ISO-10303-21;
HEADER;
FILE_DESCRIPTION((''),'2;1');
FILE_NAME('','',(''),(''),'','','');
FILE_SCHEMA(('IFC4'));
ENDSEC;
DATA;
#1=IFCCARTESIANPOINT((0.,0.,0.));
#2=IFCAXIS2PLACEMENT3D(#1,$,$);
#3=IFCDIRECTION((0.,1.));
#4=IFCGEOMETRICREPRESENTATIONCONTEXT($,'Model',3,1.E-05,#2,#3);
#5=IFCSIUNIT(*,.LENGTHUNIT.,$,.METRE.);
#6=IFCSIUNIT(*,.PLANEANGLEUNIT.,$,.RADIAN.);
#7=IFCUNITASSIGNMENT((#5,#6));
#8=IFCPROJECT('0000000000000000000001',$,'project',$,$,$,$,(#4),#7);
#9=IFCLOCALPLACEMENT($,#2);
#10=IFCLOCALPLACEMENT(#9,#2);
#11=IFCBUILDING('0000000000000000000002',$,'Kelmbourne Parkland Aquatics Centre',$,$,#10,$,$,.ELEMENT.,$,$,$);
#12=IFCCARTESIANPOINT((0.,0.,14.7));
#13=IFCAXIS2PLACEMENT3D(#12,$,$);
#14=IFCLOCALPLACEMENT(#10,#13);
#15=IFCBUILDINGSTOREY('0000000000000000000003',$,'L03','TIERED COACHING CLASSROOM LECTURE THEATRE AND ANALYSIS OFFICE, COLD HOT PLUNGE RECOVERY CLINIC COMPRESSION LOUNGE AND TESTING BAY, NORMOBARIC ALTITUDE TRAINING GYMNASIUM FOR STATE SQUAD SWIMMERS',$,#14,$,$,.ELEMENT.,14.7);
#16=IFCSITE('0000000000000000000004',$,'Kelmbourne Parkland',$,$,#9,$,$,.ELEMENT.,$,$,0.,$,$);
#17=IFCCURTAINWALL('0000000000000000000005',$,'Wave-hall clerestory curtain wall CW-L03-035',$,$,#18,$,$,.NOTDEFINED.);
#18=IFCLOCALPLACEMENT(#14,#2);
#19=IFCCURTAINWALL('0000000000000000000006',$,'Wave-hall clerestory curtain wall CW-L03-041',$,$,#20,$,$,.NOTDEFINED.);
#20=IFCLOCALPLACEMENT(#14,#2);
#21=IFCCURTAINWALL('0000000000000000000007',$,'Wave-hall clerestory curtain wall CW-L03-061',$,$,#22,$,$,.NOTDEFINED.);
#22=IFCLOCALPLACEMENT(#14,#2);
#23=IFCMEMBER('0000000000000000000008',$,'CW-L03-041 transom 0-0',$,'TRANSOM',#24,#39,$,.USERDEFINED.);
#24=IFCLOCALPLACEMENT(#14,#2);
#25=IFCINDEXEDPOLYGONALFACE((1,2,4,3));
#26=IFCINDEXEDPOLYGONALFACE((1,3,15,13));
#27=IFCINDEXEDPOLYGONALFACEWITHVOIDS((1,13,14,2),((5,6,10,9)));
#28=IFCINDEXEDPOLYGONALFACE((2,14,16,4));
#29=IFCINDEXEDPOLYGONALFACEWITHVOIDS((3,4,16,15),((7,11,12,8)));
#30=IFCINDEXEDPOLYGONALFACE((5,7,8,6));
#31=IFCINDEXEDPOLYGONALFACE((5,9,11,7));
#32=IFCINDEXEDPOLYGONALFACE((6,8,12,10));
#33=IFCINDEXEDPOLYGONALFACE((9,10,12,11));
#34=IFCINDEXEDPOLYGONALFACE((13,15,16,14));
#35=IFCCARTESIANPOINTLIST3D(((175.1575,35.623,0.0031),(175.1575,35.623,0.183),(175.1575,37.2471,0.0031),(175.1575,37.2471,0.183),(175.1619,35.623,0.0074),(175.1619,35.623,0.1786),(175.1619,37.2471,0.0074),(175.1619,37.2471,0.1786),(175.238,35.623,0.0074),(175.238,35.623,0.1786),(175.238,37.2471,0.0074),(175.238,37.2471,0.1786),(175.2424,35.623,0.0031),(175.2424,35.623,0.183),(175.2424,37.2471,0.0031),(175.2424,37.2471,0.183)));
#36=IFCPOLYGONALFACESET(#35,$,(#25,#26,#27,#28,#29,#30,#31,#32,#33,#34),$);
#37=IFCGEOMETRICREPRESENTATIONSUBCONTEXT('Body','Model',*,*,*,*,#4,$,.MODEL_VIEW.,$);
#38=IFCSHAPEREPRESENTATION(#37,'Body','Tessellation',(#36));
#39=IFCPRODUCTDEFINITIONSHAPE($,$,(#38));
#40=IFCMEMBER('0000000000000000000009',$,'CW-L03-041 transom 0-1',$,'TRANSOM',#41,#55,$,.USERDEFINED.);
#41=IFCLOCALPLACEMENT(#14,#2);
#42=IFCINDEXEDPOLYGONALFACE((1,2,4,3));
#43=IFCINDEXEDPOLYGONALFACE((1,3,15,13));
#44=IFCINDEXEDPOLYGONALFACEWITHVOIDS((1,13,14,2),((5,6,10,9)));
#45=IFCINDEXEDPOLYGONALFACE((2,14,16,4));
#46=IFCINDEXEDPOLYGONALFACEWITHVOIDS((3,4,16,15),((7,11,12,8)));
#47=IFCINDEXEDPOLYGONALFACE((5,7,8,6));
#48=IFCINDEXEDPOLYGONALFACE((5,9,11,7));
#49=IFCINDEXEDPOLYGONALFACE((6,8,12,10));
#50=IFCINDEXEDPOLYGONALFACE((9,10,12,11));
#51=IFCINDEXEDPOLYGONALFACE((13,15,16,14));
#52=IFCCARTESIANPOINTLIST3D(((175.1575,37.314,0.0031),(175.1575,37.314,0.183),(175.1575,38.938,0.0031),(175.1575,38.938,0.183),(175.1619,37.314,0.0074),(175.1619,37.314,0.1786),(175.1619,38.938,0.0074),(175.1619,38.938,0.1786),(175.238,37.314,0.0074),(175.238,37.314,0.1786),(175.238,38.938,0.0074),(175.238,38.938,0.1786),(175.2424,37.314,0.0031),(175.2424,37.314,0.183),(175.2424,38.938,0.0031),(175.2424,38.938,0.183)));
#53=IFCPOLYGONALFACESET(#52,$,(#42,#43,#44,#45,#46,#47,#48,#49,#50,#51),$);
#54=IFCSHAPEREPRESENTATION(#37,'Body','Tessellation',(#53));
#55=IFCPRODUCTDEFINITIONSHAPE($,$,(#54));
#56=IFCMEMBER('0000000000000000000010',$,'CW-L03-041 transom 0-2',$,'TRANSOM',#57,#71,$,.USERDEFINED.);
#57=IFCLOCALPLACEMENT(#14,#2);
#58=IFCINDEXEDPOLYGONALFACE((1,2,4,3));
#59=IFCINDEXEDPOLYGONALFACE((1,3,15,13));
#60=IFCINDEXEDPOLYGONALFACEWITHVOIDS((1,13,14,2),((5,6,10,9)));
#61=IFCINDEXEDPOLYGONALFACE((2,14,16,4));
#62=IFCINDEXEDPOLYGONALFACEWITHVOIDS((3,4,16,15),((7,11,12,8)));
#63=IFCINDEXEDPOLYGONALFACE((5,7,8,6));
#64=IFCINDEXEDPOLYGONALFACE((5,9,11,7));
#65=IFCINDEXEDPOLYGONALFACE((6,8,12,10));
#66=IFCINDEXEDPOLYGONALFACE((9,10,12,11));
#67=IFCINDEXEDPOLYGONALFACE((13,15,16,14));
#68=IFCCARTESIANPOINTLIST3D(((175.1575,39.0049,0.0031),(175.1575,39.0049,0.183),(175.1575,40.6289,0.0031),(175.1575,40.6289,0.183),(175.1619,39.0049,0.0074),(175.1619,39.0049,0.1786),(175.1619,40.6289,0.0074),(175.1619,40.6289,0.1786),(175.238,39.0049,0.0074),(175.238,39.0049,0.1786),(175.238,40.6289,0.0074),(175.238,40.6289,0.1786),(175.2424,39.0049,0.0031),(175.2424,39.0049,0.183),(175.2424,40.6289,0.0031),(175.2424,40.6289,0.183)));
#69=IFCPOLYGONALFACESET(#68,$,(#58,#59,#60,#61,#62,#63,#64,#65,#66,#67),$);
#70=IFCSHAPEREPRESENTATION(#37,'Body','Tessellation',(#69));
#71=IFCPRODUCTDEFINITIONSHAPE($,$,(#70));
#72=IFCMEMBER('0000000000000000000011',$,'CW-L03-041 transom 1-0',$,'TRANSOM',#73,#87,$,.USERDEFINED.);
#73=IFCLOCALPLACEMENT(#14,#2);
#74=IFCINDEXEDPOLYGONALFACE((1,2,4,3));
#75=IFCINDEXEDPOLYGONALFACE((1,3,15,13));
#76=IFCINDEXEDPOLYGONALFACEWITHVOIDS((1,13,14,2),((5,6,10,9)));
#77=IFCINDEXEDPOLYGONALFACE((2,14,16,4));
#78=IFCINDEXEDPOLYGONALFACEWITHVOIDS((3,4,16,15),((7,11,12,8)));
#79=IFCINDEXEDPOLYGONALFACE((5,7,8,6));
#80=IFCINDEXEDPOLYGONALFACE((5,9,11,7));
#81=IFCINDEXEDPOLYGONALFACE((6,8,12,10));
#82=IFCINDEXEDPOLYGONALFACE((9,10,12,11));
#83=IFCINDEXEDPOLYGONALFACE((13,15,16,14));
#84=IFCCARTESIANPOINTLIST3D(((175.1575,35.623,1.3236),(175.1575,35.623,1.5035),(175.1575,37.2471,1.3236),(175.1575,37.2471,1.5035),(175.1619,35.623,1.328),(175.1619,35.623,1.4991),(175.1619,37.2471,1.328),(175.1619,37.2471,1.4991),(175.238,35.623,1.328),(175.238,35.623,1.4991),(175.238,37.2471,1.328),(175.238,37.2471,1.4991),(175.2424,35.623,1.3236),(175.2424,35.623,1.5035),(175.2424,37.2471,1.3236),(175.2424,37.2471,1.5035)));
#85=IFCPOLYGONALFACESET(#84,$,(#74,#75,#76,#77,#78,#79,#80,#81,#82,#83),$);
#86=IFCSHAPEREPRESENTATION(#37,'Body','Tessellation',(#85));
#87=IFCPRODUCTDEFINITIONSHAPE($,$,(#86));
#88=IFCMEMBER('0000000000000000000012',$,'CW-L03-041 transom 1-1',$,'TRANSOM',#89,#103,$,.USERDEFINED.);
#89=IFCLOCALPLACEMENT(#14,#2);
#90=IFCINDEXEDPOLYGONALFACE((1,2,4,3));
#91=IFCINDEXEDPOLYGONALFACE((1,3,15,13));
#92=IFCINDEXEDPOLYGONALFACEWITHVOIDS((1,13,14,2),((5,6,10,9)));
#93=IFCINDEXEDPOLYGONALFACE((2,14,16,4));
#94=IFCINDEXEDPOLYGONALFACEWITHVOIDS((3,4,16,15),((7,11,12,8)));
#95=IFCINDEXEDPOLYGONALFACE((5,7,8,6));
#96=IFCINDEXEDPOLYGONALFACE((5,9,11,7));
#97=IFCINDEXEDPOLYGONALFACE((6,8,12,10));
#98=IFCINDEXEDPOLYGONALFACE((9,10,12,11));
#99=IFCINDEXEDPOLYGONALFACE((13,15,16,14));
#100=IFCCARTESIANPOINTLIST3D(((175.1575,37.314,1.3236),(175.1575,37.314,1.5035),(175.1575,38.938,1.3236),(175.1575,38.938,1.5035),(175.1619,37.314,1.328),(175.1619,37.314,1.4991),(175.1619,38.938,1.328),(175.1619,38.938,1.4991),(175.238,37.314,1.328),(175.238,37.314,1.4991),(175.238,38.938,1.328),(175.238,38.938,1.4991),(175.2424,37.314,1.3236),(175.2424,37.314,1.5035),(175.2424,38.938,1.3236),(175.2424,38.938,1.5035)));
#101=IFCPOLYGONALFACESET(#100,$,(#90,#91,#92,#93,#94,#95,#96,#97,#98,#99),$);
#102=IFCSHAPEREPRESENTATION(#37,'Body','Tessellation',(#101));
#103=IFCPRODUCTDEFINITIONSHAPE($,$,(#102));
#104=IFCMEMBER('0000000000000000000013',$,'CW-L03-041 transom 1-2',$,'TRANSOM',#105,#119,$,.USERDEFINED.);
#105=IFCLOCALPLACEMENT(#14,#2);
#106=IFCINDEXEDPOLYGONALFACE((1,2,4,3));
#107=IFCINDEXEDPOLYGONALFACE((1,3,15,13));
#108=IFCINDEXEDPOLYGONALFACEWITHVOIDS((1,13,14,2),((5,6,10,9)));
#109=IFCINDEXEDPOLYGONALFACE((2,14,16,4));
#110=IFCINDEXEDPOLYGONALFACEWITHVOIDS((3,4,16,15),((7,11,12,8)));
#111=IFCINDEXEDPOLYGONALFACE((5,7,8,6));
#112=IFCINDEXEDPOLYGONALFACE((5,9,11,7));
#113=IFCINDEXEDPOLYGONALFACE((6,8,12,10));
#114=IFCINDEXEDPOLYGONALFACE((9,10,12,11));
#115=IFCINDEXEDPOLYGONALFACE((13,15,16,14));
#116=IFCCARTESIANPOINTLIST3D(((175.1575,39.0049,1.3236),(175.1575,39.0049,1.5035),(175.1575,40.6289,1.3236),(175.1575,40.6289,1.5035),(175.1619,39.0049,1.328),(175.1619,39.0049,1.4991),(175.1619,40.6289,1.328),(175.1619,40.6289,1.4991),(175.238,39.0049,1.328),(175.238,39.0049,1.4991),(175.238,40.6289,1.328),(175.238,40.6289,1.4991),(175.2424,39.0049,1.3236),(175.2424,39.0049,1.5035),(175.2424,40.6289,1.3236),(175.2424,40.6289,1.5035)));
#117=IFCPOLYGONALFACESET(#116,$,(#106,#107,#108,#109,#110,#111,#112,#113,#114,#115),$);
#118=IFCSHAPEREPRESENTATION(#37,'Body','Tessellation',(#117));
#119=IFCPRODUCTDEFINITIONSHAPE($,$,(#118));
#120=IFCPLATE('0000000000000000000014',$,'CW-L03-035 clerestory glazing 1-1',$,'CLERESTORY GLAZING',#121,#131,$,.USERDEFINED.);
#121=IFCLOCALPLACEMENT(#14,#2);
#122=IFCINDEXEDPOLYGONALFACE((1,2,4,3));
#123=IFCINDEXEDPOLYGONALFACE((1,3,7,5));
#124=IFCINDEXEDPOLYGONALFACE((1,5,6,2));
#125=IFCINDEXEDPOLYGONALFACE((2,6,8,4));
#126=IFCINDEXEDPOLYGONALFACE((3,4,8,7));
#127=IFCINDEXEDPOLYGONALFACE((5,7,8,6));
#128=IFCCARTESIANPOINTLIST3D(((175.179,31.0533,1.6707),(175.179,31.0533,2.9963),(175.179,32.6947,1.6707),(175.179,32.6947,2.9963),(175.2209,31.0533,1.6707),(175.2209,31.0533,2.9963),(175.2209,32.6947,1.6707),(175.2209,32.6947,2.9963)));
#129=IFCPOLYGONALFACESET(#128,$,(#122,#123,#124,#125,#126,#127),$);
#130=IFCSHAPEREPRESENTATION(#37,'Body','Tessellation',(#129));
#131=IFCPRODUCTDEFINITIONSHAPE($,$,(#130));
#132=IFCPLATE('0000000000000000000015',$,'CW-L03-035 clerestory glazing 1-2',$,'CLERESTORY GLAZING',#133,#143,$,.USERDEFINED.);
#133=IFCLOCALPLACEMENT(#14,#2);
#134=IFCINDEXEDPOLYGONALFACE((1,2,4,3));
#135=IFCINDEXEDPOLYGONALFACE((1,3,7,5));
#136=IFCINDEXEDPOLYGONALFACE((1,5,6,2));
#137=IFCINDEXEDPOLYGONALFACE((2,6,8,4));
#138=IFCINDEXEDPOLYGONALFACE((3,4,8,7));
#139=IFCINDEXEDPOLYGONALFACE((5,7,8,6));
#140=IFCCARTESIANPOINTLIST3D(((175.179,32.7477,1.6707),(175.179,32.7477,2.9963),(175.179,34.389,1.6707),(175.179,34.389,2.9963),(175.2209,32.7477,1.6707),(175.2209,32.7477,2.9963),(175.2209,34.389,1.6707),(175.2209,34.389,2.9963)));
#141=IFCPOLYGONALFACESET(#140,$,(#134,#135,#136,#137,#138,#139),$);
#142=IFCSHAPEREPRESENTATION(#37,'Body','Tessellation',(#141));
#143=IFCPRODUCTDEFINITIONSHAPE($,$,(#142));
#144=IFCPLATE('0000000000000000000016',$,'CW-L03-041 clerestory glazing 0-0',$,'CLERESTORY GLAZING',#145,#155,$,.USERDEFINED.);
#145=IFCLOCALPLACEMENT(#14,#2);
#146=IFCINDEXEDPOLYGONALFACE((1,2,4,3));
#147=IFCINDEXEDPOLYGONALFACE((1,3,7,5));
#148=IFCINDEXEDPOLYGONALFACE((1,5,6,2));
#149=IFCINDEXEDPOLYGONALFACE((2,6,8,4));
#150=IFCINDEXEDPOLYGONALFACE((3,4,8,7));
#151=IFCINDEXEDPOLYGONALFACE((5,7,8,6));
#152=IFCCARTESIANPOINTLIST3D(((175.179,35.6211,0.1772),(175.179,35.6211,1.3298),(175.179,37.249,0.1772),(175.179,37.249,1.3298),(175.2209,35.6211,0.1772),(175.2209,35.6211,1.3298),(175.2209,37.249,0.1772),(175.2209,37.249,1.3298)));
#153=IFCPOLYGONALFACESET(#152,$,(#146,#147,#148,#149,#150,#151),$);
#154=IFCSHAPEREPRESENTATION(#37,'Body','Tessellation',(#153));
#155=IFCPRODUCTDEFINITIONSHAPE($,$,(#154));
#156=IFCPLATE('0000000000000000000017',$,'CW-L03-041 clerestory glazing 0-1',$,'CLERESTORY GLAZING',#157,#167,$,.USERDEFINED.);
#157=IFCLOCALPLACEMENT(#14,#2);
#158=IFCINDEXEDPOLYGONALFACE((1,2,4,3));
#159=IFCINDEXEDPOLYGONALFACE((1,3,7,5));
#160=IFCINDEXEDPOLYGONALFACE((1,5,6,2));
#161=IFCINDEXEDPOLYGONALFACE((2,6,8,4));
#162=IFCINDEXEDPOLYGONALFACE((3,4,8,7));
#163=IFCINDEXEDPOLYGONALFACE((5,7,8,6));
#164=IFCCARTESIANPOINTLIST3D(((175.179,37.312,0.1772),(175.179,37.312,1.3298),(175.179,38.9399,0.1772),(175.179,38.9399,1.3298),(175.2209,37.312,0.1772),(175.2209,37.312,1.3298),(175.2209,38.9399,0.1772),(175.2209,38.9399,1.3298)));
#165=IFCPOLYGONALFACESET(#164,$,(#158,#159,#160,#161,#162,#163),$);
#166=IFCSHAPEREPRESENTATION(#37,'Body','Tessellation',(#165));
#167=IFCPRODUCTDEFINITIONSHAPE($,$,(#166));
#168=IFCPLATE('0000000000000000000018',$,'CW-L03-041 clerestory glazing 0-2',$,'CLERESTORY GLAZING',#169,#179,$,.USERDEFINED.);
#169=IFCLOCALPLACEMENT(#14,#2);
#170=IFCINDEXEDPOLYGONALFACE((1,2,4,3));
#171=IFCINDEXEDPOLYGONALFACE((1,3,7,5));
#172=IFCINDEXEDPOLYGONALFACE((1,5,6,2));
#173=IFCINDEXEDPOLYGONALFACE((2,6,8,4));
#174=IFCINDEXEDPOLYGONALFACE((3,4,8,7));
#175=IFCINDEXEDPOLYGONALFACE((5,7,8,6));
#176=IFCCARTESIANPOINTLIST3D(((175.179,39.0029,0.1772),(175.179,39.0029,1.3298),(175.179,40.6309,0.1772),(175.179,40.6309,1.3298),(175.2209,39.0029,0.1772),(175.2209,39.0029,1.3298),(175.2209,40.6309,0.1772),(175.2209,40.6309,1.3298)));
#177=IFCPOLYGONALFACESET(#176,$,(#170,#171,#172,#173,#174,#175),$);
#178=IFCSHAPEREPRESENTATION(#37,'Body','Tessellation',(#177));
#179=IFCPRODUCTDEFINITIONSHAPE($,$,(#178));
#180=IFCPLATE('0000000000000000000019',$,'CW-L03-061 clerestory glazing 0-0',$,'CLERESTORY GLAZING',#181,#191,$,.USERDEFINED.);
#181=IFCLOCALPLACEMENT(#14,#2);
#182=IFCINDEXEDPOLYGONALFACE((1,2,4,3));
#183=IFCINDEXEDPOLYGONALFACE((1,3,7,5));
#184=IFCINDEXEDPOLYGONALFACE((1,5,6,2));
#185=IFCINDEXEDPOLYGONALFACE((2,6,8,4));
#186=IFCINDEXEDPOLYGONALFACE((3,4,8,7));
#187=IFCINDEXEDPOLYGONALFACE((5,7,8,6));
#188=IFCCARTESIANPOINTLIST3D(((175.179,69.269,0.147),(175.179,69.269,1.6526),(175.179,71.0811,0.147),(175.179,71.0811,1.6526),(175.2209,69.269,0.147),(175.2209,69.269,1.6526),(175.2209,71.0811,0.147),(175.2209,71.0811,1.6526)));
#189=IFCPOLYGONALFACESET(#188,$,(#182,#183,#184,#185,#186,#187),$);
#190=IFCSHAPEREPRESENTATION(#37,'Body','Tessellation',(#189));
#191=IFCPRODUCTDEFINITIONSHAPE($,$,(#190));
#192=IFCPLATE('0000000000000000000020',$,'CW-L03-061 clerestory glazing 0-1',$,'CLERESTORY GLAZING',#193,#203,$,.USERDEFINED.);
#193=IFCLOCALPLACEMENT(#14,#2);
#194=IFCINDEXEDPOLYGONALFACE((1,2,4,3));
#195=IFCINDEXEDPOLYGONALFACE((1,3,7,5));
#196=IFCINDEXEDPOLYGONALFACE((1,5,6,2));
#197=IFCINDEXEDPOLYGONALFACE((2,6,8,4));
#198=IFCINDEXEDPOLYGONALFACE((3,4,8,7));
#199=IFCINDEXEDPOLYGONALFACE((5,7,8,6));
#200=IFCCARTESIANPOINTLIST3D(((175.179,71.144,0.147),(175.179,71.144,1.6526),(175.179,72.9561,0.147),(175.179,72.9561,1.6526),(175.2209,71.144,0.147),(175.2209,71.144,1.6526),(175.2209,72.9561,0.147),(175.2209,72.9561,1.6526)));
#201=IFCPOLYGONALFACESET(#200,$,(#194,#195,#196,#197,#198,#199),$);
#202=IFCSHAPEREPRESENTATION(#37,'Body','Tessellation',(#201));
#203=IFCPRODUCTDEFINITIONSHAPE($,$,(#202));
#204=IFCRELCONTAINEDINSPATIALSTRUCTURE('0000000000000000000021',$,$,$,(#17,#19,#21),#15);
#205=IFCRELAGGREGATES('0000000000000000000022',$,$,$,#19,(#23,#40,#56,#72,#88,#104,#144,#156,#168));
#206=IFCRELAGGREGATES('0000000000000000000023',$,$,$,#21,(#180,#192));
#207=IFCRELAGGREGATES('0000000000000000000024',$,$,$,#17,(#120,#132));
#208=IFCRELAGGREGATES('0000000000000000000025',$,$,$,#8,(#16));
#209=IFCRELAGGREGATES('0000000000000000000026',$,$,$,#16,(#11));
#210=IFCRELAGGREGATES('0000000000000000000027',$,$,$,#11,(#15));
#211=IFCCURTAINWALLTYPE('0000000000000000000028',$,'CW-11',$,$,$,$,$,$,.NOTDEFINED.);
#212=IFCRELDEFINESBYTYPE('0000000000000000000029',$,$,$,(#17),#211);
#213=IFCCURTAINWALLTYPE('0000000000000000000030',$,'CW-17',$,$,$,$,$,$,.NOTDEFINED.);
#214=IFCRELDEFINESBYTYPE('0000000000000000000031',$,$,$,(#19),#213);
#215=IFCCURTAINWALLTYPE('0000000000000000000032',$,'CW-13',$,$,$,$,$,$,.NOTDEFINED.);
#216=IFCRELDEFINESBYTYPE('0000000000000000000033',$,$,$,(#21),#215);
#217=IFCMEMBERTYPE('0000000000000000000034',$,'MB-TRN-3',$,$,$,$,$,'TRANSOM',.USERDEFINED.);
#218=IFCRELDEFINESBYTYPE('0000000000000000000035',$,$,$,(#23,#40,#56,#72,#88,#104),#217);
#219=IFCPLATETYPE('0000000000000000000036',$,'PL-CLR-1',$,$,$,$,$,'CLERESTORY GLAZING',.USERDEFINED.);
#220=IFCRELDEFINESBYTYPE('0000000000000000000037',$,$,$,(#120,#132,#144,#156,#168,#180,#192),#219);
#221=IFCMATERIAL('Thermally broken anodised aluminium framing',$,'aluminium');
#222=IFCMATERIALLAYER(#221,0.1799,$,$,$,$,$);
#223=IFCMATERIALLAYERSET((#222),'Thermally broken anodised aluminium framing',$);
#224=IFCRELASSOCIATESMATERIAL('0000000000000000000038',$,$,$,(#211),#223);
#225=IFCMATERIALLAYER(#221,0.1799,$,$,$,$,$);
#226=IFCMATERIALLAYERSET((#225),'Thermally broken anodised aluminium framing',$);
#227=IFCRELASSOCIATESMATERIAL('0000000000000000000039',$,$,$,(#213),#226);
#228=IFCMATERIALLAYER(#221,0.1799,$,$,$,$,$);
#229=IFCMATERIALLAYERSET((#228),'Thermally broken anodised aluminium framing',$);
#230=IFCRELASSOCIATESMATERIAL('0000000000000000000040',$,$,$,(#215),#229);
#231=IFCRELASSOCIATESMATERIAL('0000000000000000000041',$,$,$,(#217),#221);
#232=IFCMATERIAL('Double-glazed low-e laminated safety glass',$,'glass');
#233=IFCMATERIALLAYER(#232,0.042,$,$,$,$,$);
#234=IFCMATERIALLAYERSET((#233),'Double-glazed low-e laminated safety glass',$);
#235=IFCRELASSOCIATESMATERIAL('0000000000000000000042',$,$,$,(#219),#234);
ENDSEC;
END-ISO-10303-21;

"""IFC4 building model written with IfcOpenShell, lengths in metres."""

from ifc_helpers import new_model, si_unit, direction, frame, origin, origin_2d, place, context, subcontext, project, spatial, rectangle, hollow_rectangle, extrude, material, layer, layer_set, material_profile, profile_set, type_object, element, aggregate, save


model = new_model("IFC4")

# Units and contexts
model_context = context("Model", 3, precision=1e-05, world=origin(), true_north=direction((0.0, 1.0)))
body_context = subcontext(model_context, "Body", "Model", "MODEL_VIEW")
ifc_project = project(units=[si_unit("LENGTHUNIT", "METRE"), si_unit("PLANEANGLEUNIT", "RADIAN")], contexts=[model_context])

# Site, building, storey
site_placement = place(None, origin())
site = spatial("IfcSite", under=ifc_project, at=site_placement, Name="Kelmbourne Parkland", CompositionType="ELEMENT", RefElevation=0.0)
building_placement = place(site_placement, origin())
building = spatial("IfcBuilding", under=site, at=building_placement, Name="Kelmbourne Parkland Aquatics Centre", CompositionType="ELEMENT")
storey_placement = place(building_placement, frame((0.0, 0.0, 14.7)))
storey = spatial("IfcBuildingStorey", under=building, at=storey_placement, Name="L03", Description="TIERED COACHING CLASSROOM LECTURE THEATRE AND ANALYSIS OFFICE, COLD HOT PLUNGE RECOVERY CLINIC COMPRESSION LOUNGE AND TESTING BAY, NORMOBARIC ALTITUDE TRAINING GYMNASIUM FOR STATE SQUAD SWIMMERS", CompositionType="ELEMENT", Elevation=14.7)

# Curtain walls
ifc_material_1 = material(Name="Thermally broken anodised aluminium framing", Category="aluminium")
ifc_layer_1 = layer(ifc_material_1, 0.1799)
ifc_layer_set_1 = layer_set([ifc_layer_1], Name="Thermally broken anodised aluminium framing")
curtain_wall_type_1 = type_object("IfcCurtainWallType", Name="CW-11", PredefinedType="NOTDEFINED", material=ifc_layer_set_1)
curtain_wall_1_placement = place(storey_placement, origin())
curtain_wall_1 = element("IfcCurtainWall", 1, at=curtain_wall_1_placement, inside=storey, type_object=curtain_wall_type_1, Name="Wave-hall clerestory curtain wall CW-L03-035", PredefinedType="NOTDEFINED")
ifc_layer_2 = layer(ifc_material_1, 0.1799)
ifc_layer_set_2 = layer_set([ifc_layer_2], Name="Thermally broken anodised aluminium framing")
curtain_wall_type_2 = type_object("IfcCurtainWallType", Name="CW-17", PredefinedType="NOTDEFINED", material=ifc_layer_set_2)
curtain_wall_2_placement = place(storey_placement, origin())
curtain_wall_2 = element("IfcCurtainWall", 2, at=curtain_wall_2_placement, inside=storey, type_object=curtain_wall_type_2, Name="Wave-hall clerestory curtain wall CW-L03-041", PredefinedType="NOTDEFINED")
ifc_layer_3 = layer(ifc_material_1, 0.1799)
ifc_layer_set_3 = layer_set([ifc_layer_3], Name="Thermally broken anodised aluminium framing")
curtain_wall_type_3 = type_object("IfcCurtainWallType", Name="CW-13", PredefinedType="NOTDEFINED", material=ifc_layer_set_3)
curtain_wall_3_placement = place(storey_placement, origin())
curtain_wall_3 = element("IfcCurtainWall", 3, at=curtain_wall_3_placement, inside=storey, type_object=curtain_wall_type_3, Name="Wave-hall clerestory curtain wall CW-L03-061", PredefinedType="NOTDEFINED")

# Members
ifc_material_profile_1 = material_profile(ifc_material_1, hollow_rectangle(XDim=0.085, YDim=0.1799, WallThickness=0.0044, at=origin_2d()), Name="CW-T 85x180")
ifc_profile_set_1 = profile_set([ifc_material_profile_1], Name="Thermally broken anodised aluminium framing")
member_type_1 = type_object("IfcMemberType", Name="MB-TRN-3", ElementType="TRANSOM", PredefinedType="USERDEFINED", material=ifc_profile_set_1)
member_1_placement = place(storey_placement, frame((175.2, 35.623, 0.093), z_axis=(0.0, 1.0, 0.0), x_axis=(-1.0, 0.0, 0.0)))
member_1 = element("IfcMember", 4, at=member_1_placement, type_object=member_type_1, Name="CW-L03-041 transom 0-0", ObjectType="TRANSOM", PredefinedType="USERDEFINED", context=body_context, shape_type="SweptSolid", body=[
    extrude(hollow_rectangle(XDim=0.085, YDim=0.1799, WallThickness=0.0044, at=origin_2d()), origin(), (0.0, 0.0, 1.0), 1.624),
])
member_2_placement = place(storey_placement, frame((175.2, 37.314, 0.093), z_axis=(0.0, 1.0, 0.0), x_axis=(-1.0, 0.0, 0.0)))
member_2 = element("IfcMember", 5, at=member_2_placement, type_object=member_type_1, Name="CW-L03-041 transom 0-1", ObjectType="TRANSOM", PredefinedType="USERDEFINED", context=body_context, shape_type="SweptSolid", body=[
    extrude(hollow_rectangle(XDim=0.085, YDim=0.1799, WallThickness=0.0044, at=origin_2d()), origin(), (0.0, 0.0, 1.0), 1.624),
])
member_3_placement = place(storey_placement, frame((175.2, 39.0049, 0.093), z_axis=(0.0, 1.0, 0.0), x_axis=(-1.0, 0.0, 0.0)))
member_3 = element("IfcMember", 6, at=member_3_placement, type_object=member_type_1, Name="CW-L03-041 transom 0-2", ObjectType="TRANSOM", PredefinedType="USERDEFINED", context=body_context, shape_type="SweptSolid", body=[
    extrude(hollow_rectangle(XDim=0.085, YDim=0.1799, WallThickness=0.0044, at=origin_2d()), origin(), (0.0, 0.0, 1.0), 1.624),
])
member_4_placement = place(storey_placement, frame((175.2, 35.623, 1.4136), z_axis=(0.0, 1.0, 0.0), x_axis=(-1.0, 0.0, 0.0)))
member_4 = element("IfcMember", 7, at=member_4_placement, type_object=member_type_1, Name="CW-L03-041 transom 1-0", ObjectType="TRANSOM", PredefinedType="USERDEFINED", context=body_context, shape_type="SweptSolid", body=[
    extrude(hollow_rectangle(XDim=0.085, YDim=0.1799, WallThickness=0.0044, at=origin_2d()), origin(), (0.0, 0.0, 1.0), 1.624),
])
member_5_placement = place(storey_placement, frame((175.2, 37.314, 1.4136), z_axis=(0.0, 1.0, 0.0), x_axis=(-1.0, 0.0, 0.0)))
member_5 = element("IfcMember", 8, at=member_5_placement, type_object=member_type_1, Name="CW-L03-041 transom 1-1", ObjectType="TRANSOM", PredefinedType="USERDEFINED", context=body_context, shape_type="SweptSolid", body=[
    extrude(hollow_rectangle(XDim=0.085, YDim=0.1799, WallThickness=0.0044, at=origin_2d()), origin(), (0.0, 0.0, 1.0), 1.624),
])
member_6_placement = place(storey_placement, frame((175.2, 39.0049, 1.4136), z_axis=(0.0, 1.0, 0.0), x_axis=(-1.0, 0.0, 0.0)))
member_6 = element("IfcMember", 9, at=member_6_placement, type_object=member_type_1, Name="CW-L03-041 transom 1-2", ObjectType="TRANSOM", PredefinedType="USERDEFINED", context=body_context, shape_type="SweptSolid", body=[
    extrude(hollow_rectangle(XDim=0.085, YDim=0.1799, WallThickness=0.0044, at=origin_2d()), origin(), (0.0, 0.0, 1.0), 1.624),
])

# Plates
ifc_material_2 = material(Name="Double-glazed low-e laminated safety glass", Category="glass")
ifc_layer_4 = layer(ifc_material_2, 0.042)
ifc_layer_set_4 = layer_set([ifc_layer_4], Name="Double-glazed low-e laminated safety glass")
plate_type_1 = type_object("IfcPlateType", Name="PL-CLR-1", ElementType="CLERESTORY GLAZING", PredefinedType="USERDEFINED", material=ifc_layer_set_4)
plate_1_placement = place(storey_placement, frame((175.2, 31.874, 1.6707), z_axis=(0.0, 0.0, 1.0), x_axis=(0.0, 1.0, 0.0)))
plate_1 = element("IfcPlate", 10, at=plate_1_placement, type_object=plate_type_1, Name="CW-L03-035 clerestory glazing 1-1", ObjectType="CLERESTORY GLAZING", PredefinedType="USERDEFINED", context=body_context, shape_type="SweptSolid", body=[
    extrude(rectangle(XDim=1.6414, YDim=0.042, at=origin_2d()), origin(), (0.0, 0.0, 1.0), 1.3257),
])
plate_2_placement = place(storey_placement, frame((175.2, 33.5684, 1.6707), z_axis=(0.0, 0.0, 1.0), x_axis=(0.0, 1.0, 0.0)))
plate_2 = element("IfcPlate", 11, at=plate_2_placement, type_object=plate_type_1, Name="CW-L03-035 clerestory glazing 1-2", ObjectType="CLERESTORY GLAZING", PredefinedType="USERDEFINED", context=body_context, shape_type="SweptSolid", body=[
    extrude(rectangle(XDim=1.6414, YDim=0.042, at=origin_2d()), origin(), (0.0, 0.0, 1.0), 1.3257),
])
plate_3_placement = place(storey_placement, frame((175.2, 36.4351, 0.1772), z_axis=(0.0, 0.0, 1.0), x_axis=(0.0, 1.0, 0.0)))
plate_3 = element("IfcPlate", 12, at=plate_3_placement, type_object=plate_type_1, Name="CW-L03-041 clerestory glazing 0-0", ObjectType="CLERESTORY GLAZING", PredefinedType="USERDEFINED", context=body_context, shape_type="SweptSolid", body=[
    extrude(rectangle(XDim=1.6279, YDim=0.042, at=origin_2d()), origin(), (0.0, 0.0, 1.0), 1.1526),
])
plate_4_placement = place(storey_placement, frame((175.2, 38.126, 0.1772), z_axis=(0.0, 0.0, 1.0), x_axis=(0.0, 1.0, 0.0)))
plate_4 = element("IfcPlate", 13, at=plate_4_placement, type_object=plate_type_1, Name="CW-L03-041 clerestory glazing 0-1", ObjectType="CLERESTORY GLAZING", PredefinedType="USERDEFINED", context=body_context, shape_type="SweptSolid", body=[
    extrude(rectangle(XDim=1.6279, YDim=0.042, at=origin_2d()), origin(), (0.0, 0.0, 1.0), 1.1526),
])
plate_5_placement = place(storey_placement, frame((175.2, 39.8169, 0.1772), z_axis=(0.0, 0.0, 1.0), x_axis=(0.0, 1.0, 0.0)))
plate_5 = element("IfcPlate", 14, at=plate_5_placement, type_object=plate_type_1, Name="CW-L03-041 clerestory glazing 0-2", ObjectType="CLERESTORY GLAZING", PredefinedType="USERDEFINED", context=body_context, shape_type="SweptSolid", body=[
    extrude(rectangle(XDim=1.6279, YDim=0.042, at=origin_2d()), origin(), (0.0, 0.0, 1.0), 1.1526),
])
aggregate(curtain_wall_2, [member_1, member_2, member_3, member_4, member_5, member_6, plate_3, plate_4, plate_5])
plate_6_placement = place(storey_placement, frame((175.2, 70.175, 0.147), z_axis=(0.0, 0.0, 1.0), x_axis=(0.0, 1.0, 0.0)))
plate_6 = element("IfcPlate", 15, at=plate_6_placement, type_object=plate_type_1, Name="CW-L03-061 clerestory glazing 0-0", ObjectType="CLERESTORY GLAZING", PredefinedType="USERDEFINED", context=body_context, shape_type="SweptSolid", body=[
    extrude(rectangle(XDim=1.812, YDim=0.042, at=origin_2d()), origin(), (0.0, 0.0, 1.0), 1.5056),
])
plate_7_placement = place(storey_placement, frame((175.2, 72.05, 0.147), z_axis=(0.0, 0.0, 1.0), x_axis=(0.0, 1.0, 0.0)))
plate_7 = element("IfcPlate", 16, at=plate_7_placement, type_object=plate_type_1, Name="CW-L03-061 clerestory glazing 0-1", ObjectType="CLERESTORY GLAZING", PredefinedType="USERDEFINED", context=body_context, shape_type="SweptSolid", body=[
    extrude(rectangle(XDim=1.812, YDim=0.042, at=origin_2d()), origin(), (0.0, 0.0, 1.0), 1.5056),
])
aggregate(curtain_wall_3, [plate_6, plate_7])
aggregate(curtain_wall_1, [plate_1, plate_2])

save(model, "model.ifc")
